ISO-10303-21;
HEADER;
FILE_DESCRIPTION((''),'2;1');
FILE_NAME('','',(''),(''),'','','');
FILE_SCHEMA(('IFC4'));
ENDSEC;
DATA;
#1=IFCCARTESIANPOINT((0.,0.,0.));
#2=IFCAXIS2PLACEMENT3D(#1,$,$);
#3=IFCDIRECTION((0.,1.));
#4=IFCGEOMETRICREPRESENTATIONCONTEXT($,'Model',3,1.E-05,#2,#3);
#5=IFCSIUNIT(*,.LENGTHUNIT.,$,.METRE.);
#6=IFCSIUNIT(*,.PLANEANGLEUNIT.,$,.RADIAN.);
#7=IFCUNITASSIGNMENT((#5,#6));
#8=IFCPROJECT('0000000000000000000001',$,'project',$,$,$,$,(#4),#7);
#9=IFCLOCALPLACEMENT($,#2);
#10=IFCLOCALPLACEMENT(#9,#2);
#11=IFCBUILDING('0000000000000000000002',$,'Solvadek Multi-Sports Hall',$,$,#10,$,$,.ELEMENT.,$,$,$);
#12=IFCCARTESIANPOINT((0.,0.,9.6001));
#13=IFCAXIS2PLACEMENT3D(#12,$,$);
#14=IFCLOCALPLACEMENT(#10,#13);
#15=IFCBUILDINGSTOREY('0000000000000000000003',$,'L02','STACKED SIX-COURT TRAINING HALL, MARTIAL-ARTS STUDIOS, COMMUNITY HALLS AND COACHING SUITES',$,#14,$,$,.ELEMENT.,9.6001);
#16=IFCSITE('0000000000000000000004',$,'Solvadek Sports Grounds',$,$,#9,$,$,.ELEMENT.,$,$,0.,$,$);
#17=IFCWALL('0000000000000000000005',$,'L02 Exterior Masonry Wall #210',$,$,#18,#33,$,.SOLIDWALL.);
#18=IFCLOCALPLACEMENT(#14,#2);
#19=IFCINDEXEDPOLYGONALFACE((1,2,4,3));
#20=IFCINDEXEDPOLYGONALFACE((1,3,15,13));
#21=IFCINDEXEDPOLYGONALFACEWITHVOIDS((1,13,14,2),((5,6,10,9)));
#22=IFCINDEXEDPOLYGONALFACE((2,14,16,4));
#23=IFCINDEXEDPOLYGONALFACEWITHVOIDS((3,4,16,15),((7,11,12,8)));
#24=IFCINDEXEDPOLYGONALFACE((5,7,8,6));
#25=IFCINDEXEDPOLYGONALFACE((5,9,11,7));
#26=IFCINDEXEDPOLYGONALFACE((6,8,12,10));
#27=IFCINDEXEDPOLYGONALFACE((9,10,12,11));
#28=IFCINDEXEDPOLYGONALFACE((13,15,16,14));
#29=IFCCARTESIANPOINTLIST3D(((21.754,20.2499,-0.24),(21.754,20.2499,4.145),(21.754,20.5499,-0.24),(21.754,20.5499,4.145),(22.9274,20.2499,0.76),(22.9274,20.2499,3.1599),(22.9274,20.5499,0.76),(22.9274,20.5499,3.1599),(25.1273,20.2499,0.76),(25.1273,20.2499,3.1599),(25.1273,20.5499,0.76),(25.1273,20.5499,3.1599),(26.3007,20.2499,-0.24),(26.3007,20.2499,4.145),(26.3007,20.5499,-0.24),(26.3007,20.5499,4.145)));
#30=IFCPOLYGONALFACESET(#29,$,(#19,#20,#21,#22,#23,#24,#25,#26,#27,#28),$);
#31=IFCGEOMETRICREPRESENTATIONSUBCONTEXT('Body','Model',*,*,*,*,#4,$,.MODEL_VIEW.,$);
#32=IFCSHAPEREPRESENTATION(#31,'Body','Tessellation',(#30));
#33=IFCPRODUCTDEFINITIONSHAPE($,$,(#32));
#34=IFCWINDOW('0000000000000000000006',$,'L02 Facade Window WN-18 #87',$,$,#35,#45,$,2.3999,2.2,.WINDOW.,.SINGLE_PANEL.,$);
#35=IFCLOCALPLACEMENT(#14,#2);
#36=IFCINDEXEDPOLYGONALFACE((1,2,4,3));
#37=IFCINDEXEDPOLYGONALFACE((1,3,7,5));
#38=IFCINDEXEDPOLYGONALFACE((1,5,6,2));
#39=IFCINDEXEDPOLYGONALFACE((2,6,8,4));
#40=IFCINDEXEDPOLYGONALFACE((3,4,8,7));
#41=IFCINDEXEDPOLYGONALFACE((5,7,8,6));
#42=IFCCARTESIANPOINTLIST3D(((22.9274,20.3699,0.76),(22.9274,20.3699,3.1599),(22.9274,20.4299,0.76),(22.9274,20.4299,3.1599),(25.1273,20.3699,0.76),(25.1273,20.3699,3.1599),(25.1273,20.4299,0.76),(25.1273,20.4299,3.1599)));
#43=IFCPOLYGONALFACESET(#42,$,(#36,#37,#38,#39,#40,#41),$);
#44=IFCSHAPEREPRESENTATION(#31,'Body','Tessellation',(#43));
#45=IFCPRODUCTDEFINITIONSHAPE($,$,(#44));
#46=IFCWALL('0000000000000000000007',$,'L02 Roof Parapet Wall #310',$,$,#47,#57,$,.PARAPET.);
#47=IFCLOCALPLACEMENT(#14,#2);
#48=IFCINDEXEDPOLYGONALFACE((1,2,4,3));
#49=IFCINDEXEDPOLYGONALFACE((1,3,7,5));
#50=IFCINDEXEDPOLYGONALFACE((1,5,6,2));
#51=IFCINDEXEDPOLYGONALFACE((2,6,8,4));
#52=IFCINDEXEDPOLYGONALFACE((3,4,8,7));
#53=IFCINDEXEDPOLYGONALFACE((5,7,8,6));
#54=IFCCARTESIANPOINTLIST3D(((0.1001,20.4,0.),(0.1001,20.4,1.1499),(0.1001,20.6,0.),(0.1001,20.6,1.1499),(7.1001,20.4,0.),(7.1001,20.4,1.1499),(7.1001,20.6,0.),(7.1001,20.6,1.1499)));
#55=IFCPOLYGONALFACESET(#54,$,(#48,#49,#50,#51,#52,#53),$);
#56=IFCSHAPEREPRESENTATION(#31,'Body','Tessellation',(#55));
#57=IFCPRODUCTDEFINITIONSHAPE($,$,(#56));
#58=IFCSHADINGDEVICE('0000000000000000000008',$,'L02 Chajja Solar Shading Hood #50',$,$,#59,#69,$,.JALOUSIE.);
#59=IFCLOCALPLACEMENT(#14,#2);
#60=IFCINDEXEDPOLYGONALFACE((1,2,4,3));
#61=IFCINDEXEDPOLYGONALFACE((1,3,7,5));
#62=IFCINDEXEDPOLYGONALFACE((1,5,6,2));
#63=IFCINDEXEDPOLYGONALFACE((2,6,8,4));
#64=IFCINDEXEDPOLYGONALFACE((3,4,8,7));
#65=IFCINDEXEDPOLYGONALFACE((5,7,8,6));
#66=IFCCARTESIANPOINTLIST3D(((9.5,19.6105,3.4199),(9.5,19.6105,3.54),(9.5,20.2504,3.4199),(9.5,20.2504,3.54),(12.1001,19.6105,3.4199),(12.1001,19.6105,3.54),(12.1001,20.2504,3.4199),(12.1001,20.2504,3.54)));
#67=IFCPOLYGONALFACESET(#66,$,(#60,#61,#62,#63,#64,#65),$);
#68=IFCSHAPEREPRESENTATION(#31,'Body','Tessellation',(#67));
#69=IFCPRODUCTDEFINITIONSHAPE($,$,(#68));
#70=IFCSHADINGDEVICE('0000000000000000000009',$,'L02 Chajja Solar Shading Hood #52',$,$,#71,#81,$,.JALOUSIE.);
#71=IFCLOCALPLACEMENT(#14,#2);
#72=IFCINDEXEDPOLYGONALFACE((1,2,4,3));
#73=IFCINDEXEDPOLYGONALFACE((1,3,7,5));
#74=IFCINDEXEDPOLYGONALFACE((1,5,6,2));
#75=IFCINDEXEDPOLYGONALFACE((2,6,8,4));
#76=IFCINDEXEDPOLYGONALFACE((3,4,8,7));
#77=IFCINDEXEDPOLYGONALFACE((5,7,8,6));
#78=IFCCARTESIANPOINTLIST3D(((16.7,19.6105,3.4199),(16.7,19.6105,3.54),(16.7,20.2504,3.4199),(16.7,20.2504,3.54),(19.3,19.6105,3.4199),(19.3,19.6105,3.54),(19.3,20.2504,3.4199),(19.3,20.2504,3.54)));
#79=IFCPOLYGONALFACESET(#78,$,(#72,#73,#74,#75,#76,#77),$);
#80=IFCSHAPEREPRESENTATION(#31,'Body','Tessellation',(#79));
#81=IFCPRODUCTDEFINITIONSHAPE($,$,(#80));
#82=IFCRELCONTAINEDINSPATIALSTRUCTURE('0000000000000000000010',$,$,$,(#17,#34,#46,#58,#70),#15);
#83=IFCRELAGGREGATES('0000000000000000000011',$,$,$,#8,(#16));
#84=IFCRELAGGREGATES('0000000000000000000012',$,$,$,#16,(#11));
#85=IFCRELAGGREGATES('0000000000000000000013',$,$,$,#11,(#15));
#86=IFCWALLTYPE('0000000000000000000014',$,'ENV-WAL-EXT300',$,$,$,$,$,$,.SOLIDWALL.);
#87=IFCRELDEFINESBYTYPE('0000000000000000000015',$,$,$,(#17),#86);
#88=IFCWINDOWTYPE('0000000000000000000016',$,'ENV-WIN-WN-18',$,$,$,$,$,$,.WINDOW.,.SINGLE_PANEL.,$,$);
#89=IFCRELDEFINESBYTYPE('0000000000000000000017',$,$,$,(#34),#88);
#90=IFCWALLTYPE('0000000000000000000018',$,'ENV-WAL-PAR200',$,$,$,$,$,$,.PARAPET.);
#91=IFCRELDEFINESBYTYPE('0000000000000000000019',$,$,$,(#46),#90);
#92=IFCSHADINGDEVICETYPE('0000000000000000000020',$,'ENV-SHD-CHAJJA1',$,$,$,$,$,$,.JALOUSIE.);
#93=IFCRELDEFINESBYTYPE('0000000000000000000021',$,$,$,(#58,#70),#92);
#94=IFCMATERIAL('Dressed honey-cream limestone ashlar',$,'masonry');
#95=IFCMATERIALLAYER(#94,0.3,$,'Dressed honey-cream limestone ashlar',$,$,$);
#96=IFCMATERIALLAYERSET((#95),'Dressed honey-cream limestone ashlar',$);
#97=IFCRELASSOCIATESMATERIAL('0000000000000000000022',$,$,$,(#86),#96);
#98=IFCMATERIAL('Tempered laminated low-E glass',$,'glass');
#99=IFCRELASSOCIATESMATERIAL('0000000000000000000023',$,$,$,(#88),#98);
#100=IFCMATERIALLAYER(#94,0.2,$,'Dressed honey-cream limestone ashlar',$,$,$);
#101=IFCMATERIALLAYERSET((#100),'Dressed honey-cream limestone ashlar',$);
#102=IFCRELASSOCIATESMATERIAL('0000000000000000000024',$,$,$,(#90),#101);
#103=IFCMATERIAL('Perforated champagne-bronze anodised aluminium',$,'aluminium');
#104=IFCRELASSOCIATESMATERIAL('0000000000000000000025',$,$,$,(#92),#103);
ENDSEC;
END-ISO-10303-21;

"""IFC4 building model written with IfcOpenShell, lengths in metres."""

from ifc_helpers import new_model, si_unit, direction, frame, frame_2d, origin, origin_2d, place, context, subcontext, project, spatial, rectangle, extrude, material, layer, layer_set, type_object, element, fill, save


model = new_model("IFC4")

# Units and contexts
model_context = context("Model", 3, precision=1e-05, world=origin(), true_north=direction((0.0, 1.0)))
body_context = subcontext(model_context, "Body", "Model", "MODEL_VIEW")
ifc_project = project(units=[si_unit("LENGTHUNIT", "METRE"), si_unit("PLANEANGLEUNIT", "RADIAN")], contexts=[model_context])

# Site, building, storey
site_placement = place(None, origin())
site = spatial("IfcSite", under=ifc_project, at=site_placement, Name="Solvadek Sports Grounds", CompositionType="ELEMENT", RefElevation=0.0)
building_placement = place(site_placement, origin())
building = spatial("IfcBuilding", under=site, at=building_placement, Name="Solvadek Multi-Sports Hall", CompositionType="ELEMENT")
storey_placement = place(building_placement, frame((0.0, 0.0, 9.6001)))
storey = spatial("IfcBuildingStorey", under=building, at=storey_placement, Name="L02", Description="STACKED SIX-COURT TRAINING HALL, MARTIAL-ARTS STUDIOS, COMMUNITY HALLS AND COACHING SUITES", CompositionType="ELEMENT", Elevation=9.6001)

# Shared definitions
ifc_material_1 = material(Name="Tempered laminated low-E glass", Category="glass")

# Wall, opening, window
ifc_material_2 = material(Name="Dressed honey-cream limestone ashlar", Category="masonry")
ifc_layer_1 = layer(ifc_material_2, 0.3, Name="Dressed honey-cream limestone ashlar")
ifc_layer_set_1 = layer_set([ifc_layer_1], Name="Dressed honey-cream limestone ashlar")
wall_type_1 = type_object("IfcWallType", Name="ENV-WAL-EXT300", PredefinedType="SOLIDWALL", material=ifc_layer_set_1)
window_type_1 = type_object("IfcWindowType", Name="ENV-WIN-WN-18", PartitioningType="SINGLE_PANEL", PredefinedType="WINDOW", material=ifc_material_1)
wall_1_placement = place(storey_placement, frame((21.7539, 20.3999, -0.24), z_axis=(0.0, 0.0, 1.0), x_axis=(1.0, 0.0, 0.0)))
wall_1 = element("IfcWall", 1, at=wall_1_placement, inside=storey, type_object=wall_type_1, Name="L02 Exterior Masonry Wall #210", PredefinedType="SOLIDWALL", context=body_context, shape_type="SweptSolid", body=[
    extrude(rectangle(XDim=4.5466, YDim=0.3, at=frame_2d((2.2734, 0.0))), origin(), (0.0, 0.0, 1.0), 4.385),
])
opening_1_placement = place(wall_1_placement, frame((1.1733, 0.0, 1.0)))
opening_1 = element("IfcOpeningElement", 2, at=opening_1_placement, cuts=wall_1, PredefinedType="OPENING", context=body_context, shape_type="SweptSolid", body=[
    extrude(rectangle(XDim=2.2, YDim=2.3999, at=frame_2d((1.1001, 1.2))), frame((0.0, 0.1599, 0.0), z_axis=(0.0, -1.0, 0.0), x_axis=(1.0, 0.0, 0.0)), (0.0, 0.0, 1.0), 0.3201),
])
window_1_placement = place(opening_1_placement, origin())
window_1 = element("IfcWindow", 3, at=window_1_placement, inside=storey, type_object=window_type_1, Name="L02 Facade Window WN-18 #87", OverallHeight=2.3999, OverallWidth=2.2, PartitioningType="SINGLE_PANEL", PredefinedType="WINDOW", context=body_context, shape_type="SweptSolid", body=[
    extrude(rectangle(XDim=2.2, YDim=2.3999, at=frame_2d((1.1001, 1.2))), frame((0.0, 0.03, 0.0), z_axis=(0.0, -1.0, 0.0), x_axis=(1.0, 0.0, 0.0)), (0.0, 0.0, 1.0), 0.0601),
])
fill(opening_1, window_1)

# Wall
ifc_layer_2 = layer(ifc_material_2, 0.2, Name="Dressed honey-cream limestone ashlar")
ifc_layer_set_2 = layer_set([ifc_layer_2], Name="Dressed honey-cream limestone ashlar")
wall_type_2 = type_object("IfcWallType", Name="ENV-WAL-PAR200", PredefinedType="PARAPET", material=ifc_layer_set_2)
wall_2_placement = place(storey_placement, frame((0.1001, 20.5, 0.0), z_axis=(0.0, 0.0, 1.0), x_axis=(1.0, 0.0, 0.0)))
element("IfcWall", 4, at=wall_2_placement, inside=storey, type_object=wall_type_2, Name="L02 Roof Parapet Wall #310", PredefinedType="PARAPET", context=body_context, shape_type="SweptSolid", body=[
    extrude(rectangle(XDim=7.0, YDim=0.2, at=frame_2d((3.5, 0.0))), origin(), (0.0, 0.0, 1.0), 1.1499),
])

# Shading devices
ifc_material_3 = material(Name="Perforated champagne-bronze anodised aluminium", Category="aluminium")
shading_device_type = type_object("IfcShadingDeviceType", Name="ENV-SHD-CHAJJA1", PredefinedType="JALOUSIE", material=ifc_material_3)
for number, where, z_axis, x_axis, name in (
    (5, (10.8, 19.9304, 3.4199), (0.0, 0.0, 1.0), (1.0, 0.0, 0.0), "L02 Chajja Solar Shading Hood #50"),
    (6, (18.0, 19.9304, 3.4199), (0.0, 0.0, 1.0), (1.0, 0.0, 0.0), "L02 Chajja Solar Shading Hood #52"),
):
    element("IfcShadingDevice", number, at=place(storey_placement, frame(where, z_axis=z_axis, x_axis=x_axis)), inside=storey, type_object=shading_device_type, Name=name, PredefinedType="JALOUSIE", context=body_context, shape_type="SweptSolid", body=[
        extrude(rectangle(XDim=2.6001, YDim=0.6399, at=origin_2d()), origin(), (0.0, 0.0, 1.0), 0.1201),
    ])

save(model, "model.ifc")
